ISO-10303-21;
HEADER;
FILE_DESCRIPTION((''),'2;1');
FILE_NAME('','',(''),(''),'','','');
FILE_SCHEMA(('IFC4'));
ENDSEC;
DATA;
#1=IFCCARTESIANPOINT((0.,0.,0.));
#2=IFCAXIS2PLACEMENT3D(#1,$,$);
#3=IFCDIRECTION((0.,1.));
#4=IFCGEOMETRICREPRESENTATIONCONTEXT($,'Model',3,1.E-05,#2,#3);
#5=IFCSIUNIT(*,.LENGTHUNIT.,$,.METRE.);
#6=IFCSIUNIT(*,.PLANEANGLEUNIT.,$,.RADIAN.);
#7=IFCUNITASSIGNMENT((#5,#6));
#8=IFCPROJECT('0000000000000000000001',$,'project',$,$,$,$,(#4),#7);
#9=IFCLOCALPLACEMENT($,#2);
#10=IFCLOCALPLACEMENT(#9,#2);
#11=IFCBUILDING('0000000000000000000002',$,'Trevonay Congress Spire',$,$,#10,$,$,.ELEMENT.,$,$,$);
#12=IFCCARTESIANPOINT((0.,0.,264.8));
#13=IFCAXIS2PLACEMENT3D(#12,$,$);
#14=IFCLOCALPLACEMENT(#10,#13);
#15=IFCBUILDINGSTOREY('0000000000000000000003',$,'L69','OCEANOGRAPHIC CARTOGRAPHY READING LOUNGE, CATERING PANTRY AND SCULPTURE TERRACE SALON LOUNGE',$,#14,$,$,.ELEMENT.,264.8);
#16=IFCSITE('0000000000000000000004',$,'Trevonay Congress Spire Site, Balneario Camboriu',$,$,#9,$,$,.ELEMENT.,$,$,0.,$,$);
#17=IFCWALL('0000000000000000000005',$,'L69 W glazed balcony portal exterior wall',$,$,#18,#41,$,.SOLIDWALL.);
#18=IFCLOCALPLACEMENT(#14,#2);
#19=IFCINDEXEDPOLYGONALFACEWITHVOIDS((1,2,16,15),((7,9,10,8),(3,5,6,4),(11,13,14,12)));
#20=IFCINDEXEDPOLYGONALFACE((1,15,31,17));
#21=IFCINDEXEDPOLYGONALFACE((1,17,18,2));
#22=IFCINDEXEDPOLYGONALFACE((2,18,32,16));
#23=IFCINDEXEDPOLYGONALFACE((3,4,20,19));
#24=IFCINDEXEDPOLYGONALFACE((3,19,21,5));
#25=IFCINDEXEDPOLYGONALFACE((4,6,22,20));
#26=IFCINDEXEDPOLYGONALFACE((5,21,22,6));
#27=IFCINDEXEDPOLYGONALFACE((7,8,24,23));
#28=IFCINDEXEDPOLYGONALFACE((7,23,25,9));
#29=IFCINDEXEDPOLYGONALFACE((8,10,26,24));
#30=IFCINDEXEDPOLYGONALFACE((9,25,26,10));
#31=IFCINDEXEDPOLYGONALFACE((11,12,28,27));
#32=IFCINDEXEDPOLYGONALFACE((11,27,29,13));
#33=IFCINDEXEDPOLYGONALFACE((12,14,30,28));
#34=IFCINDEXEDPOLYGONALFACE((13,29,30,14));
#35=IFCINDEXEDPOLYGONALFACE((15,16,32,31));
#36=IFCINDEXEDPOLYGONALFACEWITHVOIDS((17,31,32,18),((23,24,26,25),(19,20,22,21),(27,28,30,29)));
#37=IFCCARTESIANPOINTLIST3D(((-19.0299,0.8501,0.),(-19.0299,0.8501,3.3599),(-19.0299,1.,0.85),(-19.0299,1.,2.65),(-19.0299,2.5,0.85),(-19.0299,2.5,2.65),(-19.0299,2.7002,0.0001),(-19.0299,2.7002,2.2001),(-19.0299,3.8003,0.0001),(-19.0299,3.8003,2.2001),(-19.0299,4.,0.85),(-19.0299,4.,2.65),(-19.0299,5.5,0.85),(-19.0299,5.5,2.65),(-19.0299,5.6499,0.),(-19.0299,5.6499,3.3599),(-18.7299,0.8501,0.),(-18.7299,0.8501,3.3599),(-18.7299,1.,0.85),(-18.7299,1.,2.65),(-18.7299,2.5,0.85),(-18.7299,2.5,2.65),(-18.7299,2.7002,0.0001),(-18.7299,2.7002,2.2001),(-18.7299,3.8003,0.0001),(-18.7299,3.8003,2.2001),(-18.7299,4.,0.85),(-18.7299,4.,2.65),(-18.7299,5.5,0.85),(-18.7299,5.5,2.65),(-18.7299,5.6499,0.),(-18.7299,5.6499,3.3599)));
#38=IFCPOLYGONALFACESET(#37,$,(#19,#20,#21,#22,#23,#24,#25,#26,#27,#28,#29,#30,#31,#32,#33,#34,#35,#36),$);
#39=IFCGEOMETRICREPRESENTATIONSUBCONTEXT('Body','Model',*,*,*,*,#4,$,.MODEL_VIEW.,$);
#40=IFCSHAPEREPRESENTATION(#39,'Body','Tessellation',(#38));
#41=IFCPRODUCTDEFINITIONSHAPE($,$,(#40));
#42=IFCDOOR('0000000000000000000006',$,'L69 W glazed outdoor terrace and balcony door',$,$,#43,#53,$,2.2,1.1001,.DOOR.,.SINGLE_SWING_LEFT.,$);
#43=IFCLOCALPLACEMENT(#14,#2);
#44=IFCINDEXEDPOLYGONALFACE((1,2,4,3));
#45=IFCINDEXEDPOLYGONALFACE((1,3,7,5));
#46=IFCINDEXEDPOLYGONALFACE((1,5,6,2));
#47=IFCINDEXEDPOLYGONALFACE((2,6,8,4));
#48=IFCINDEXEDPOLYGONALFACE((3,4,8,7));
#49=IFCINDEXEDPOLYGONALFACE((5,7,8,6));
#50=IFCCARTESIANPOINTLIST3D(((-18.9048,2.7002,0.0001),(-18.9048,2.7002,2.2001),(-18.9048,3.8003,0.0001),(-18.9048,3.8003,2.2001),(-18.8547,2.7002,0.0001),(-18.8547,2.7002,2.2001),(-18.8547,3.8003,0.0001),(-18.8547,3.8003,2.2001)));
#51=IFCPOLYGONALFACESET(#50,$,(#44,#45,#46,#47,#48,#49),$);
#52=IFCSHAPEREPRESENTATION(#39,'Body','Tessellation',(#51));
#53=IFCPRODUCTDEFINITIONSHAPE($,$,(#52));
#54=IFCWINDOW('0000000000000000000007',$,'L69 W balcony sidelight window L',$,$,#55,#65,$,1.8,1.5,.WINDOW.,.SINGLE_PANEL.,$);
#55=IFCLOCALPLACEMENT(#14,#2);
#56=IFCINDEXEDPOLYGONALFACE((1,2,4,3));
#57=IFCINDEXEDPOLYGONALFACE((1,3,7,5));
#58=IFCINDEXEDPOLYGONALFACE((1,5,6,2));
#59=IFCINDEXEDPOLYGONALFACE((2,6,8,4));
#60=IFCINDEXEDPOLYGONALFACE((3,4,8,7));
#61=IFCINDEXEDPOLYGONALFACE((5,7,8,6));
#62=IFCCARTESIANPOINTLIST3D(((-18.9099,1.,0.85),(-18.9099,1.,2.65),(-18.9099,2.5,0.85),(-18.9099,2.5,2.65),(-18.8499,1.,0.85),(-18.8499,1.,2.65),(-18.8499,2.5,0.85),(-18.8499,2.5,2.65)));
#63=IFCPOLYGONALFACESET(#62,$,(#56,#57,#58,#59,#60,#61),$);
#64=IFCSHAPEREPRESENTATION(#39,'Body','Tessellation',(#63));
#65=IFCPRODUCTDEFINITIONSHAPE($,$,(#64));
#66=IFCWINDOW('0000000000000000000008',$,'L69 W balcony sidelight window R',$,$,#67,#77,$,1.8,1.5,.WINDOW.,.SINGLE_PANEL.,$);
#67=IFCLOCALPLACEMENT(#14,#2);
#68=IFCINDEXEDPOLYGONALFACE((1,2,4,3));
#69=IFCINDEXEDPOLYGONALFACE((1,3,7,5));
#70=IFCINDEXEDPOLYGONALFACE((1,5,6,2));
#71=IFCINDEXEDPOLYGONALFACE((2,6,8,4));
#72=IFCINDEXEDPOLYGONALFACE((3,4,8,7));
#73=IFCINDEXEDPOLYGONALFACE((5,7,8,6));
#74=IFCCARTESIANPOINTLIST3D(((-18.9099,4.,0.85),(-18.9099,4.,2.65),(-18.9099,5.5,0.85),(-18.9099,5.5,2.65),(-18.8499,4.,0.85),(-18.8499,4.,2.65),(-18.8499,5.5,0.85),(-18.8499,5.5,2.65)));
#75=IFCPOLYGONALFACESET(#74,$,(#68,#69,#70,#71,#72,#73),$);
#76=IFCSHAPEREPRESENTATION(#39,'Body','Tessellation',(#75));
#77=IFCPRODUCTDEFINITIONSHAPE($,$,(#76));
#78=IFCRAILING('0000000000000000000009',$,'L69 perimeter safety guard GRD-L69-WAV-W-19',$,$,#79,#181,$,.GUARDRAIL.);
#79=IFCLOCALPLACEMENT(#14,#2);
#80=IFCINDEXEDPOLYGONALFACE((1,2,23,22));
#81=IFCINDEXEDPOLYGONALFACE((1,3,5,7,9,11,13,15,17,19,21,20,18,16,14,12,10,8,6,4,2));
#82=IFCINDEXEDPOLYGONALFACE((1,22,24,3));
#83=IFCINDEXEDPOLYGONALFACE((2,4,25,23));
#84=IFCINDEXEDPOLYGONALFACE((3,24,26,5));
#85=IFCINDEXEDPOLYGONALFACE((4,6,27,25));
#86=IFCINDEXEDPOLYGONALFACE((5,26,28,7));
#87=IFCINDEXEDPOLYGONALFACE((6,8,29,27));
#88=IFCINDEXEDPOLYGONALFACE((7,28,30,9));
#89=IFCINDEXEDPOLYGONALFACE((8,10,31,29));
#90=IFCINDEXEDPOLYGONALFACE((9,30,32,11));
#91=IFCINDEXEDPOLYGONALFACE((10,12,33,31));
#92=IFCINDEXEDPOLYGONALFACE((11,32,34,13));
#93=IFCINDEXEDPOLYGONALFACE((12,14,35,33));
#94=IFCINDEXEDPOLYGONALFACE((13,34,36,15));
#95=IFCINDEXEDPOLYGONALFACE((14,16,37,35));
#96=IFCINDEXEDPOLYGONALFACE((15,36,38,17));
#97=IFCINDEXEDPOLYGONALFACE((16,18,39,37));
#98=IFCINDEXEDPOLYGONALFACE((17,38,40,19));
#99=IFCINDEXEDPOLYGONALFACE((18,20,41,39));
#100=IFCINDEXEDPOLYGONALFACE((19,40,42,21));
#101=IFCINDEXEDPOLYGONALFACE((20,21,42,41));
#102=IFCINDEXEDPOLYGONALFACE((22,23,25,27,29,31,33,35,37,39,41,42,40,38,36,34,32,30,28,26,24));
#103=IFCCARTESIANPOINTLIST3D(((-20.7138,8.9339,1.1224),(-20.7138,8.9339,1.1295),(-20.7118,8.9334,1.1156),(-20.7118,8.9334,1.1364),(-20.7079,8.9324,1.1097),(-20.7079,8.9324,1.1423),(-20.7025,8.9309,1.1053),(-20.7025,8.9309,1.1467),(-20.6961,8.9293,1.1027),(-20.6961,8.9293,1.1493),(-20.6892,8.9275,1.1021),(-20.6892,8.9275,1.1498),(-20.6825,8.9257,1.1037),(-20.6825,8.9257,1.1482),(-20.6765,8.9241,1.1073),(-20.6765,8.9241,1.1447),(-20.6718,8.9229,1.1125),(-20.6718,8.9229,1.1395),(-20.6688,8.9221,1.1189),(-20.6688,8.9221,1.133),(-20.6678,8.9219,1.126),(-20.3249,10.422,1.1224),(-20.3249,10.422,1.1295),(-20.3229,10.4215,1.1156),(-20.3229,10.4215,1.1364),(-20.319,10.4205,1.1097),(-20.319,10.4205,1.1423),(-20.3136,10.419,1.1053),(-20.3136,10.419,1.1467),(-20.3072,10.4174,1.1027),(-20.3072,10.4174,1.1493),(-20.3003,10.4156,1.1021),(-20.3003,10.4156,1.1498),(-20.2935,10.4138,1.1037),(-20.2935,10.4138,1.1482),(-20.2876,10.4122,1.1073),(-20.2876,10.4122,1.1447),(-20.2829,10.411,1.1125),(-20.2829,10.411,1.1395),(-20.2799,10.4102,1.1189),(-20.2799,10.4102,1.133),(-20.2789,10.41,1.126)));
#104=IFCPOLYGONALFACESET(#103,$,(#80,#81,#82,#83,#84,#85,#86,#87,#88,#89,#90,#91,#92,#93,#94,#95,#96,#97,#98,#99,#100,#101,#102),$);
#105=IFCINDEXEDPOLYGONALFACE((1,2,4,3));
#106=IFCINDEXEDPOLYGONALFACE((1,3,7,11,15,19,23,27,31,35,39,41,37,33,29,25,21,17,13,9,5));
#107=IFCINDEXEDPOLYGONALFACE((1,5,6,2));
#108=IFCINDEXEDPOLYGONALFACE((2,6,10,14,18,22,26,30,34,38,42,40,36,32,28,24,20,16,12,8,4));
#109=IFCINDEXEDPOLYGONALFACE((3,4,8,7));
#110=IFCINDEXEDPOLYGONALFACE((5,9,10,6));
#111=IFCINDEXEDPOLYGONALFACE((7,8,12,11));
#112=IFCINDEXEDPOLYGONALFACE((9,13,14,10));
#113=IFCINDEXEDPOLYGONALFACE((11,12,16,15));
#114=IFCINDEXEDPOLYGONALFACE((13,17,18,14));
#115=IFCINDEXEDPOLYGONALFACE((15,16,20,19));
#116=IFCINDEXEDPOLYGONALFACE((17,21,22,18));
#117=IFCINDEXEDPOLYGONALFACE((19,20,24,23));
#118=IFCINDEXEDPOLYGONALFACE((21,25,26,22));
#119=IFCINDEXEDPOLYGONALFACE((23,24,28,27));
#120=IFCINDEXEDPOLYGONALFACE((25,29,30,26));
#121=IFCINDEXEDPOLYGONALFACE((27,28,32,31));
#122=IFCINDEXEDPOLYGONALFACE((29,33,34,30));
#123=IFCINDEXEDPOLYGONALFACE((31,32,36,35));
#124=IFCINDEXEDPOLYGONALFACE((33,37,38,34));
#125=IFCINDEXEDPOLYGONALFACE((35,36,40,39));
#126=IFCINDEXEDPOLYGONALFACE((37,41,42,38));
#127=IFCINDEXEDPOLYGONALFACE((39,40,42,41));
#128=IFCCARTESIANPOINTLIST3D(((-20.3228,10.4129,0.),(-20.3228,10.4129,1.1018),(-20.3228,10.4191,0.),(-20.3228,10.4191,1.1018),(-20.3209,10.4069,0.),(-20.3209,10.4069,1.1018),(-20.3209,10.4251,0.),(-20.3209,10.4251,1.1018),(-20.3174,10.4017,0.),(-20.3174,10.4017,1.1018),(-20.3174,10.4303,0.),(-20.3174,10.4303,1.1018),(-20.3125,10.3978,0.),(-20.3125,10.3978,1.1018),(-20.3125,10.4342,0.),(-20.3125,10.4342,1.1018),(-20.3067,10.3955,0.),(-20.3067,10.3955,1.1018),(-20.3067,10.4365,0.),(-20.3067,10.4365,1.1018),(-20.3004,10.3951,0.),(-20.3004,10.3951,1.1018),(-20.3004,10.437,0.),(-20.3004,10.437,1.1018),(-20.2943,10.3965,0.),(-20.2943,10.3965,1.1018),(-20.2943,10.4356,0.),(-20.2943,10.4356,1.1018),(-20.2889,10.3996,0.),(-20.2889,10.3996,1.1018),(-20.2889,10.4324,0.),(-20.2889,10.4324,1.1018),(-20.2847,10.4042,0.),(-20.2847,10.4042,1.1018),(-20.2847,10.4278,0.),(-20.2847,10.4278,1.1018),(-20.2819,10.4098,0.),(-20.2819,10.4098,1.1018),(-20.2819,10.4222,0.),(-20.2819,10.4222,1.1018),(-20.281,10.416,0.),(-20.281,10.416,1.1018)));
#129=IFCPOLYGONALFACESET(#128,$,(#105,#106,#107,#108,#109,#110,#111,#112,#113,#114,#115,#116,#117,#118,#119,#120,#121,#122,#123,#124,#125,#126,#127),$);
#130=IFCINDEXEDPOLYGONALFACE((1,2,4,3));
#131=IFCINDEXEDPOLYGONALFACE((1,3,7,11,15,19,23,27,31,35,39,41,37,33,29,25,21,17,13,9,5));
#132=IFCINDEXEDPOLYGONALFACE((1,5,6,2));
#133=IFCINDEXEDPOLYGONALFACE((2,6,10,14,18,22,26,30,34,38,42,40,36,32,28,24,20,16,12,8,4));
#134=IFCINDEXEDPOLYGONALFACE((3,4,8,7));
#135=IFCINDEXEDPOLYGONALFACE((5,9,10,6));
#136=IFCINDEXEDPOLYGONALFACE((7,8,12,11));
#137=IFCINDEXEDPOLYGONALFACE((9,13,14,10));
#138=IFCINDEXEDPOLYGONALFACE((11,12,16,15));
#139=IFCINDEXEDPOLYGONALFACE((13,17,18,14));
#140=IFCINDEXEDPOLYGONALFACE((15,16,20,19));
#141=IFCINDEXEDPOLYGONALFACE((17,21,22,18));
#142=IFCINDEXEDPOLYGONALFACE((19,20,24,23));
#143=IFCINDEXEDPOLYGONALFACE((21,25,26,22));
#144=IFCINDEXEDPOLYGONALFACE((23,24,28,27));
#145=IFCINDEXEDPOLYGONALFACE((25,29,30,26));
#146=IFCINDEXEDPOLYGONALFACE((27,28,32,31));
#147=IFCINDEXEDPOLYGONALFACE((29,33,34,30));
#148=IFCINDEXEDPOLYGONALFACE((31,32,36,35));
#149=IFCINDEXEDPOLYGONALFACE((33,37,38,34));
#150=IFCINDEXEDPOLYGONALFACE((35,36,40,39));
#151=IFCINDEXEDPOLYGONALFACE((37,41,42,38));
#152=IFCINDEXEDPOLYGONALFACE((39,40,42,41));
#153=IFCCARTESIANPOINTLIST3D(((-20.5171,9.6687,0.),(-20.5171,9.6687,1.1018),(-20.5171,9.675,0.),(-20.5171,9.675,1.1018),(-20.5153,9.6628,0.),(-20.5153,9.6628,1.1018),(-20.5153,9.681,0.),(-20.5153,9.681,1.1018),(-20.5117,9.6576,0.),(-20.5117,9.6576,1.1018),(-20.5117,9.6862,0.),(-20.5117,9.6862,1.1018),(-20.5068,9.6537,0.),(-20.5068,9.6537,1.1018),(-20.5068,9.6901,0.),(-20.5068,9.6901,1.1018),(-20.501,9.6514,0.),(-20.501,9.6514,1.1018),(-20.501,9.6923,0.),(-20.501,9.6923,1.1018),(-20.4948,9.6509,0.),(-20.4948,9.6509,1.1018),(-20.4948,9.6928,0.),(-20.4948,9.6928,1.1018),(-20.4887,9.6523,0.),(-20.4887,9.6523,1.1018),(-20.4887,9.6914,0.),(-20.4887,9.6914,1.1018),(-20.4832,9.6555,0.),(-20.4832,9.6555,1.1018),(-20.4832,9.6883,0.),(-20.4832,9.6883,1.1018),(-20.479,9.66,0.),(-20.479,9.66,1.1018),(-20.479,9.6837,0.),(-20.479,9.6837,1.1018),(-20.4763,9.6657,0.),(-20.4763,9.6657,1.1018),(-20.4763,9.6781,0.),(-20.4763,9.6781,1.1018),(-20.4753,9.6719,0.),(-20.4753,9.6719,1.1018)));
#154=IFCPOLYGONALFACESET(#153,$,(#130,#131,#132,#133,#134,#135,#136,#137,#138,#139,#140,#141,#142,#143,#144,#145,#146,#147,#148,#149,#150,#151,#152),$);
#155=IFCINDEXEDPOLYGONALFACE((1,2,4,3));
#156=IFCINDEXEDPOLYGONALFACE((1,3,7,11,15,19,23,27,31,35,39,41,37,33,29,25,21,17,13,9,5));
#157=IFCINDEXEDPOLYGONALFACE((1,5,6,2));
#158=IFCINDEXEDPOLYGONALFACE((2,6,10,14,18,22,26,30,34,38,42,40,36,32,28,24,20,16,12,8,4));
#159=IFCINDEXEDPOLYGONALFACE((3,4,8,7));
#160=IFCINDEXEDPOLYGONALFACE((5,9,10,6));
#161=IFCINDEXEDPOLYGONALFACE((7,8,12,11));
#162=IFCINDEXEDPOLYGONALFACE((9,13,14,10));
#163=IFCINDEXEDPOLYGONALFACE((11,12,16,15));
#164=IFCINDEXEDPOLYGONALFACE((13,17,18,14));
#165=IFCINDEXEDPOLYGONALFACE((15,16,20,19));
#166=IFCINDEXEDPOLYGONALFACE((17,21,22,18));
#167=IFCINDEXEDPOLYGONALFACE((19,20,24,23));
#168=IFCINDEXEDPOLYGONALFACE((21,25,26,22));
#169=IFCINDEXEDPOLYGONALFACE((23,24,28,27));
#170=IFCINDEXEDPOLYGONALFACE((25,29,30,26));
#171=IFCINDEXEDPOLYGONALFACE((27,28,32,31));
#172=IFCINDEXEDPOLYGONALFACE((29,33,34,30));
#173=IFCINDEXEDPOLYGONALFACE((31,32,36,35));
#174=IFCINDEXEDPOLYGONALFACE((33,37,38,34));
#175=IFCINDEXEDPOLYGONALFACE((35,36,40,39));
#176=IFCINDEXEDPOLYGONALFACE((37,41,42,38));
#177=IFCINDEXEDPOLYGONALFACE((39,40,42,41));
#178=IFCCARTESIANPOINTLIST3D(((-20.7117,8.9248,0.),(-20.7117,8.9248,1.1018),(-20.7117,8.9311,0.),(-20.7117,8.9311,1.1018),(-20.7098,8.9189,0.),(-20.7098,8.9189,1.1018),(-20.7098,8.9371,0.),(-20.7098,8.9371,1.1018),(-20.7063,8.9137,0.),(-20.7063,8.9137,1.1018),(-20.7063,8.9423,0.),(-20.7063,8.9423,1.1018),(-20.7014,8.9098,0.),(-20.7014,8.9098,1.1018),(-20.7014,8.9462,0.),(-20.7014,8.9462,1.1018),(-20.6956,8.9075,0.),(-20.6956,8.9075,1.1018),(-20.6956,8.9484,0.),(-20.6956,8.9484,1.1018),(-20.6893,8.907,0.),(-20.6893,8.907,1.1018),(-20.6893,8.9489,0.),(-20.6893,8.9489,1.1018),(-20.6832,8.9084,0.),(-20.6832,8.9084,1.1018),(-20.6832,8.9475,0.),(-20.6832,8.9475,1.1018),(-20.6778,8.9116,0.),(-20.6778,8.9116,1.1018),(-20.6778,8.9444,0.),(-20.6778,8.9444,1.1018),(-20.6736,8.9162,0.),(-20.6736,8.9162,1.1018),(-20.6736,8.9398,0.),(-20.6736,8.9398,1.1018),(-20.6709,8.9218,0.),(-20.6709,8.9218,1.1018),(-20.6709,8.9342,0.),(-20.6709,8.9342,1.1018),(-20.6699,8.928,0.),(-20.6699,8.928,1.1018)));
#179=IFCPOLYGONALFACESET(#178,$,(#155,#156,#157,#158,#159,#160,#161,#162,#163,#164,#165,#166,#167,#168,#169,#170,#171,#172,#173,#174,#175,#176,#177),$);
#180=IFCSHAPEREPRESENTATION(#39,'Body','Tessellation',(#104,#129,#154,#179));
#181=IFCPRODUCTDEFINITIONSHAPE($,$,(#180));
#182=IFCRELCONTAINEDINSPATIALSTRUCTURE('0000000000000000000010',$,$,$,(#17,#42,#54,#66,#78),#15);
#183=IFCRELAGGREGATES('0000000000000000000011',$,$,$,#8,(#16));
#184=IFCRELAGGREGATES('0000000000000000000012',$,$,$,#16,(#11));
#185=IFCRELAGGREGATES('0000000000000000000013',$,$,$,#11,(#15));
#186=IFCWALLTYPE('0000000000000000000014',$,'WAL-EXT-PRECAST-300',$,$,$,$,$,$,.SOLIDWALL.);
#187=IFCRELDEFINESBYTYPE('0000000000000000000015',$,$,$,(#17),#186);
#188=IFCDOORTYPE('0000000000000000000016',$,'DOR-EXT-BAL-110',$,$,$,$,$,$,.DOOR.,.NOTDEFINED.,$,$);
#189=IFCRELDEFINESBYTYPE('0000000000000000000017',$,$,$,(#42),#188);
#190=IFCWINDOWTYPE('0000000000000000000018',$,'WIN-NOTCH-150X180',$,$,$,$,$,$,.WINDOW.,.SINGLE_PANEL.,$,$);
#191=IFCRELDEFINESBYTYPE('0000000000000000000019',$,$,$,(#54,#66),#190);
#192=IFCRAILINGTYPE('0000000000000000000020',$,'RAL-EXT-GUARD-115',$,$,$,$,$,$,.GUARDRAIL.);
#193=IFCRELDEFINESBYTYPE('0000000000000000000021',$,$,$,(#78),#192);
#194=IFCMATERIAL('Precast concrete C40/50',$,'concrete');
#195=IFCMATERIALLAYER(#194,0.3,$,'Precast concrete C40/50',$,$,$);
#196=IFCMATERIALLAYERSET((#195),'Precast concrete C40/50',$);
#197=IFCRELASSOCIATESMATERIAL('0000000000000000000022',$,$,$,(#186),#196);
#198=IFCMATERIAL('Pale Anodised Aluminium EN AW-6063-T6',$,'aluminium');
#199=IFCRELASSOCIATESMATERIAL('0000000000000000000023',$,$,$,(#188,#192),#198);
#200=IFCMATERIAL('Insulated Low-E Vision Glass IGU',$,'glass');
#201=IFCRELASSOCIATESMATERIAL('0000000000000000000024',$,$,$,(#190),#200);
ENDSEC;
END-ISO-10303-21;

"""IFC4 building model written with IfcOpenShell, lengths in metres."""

from ifc_helpers import new_model, si_unit, direction, frame, frame_2d, origin, origin_2d, place, context, subcontext, project, spatial, rectangle, circle, extrude, material, layer, layer_set, type_object, element, fill, save


model = new_model("IFC4")

# Units and contexts
model_context = context("Model", 3, precision=1e-05, world=origin(), true_north=direction((0.0, 1.0)))
body_context = subcontext(model_context, "Body", "Model", "MODEL_VIEW")
ifc_project = project(units=[si_unit("LENGTHUNIT", "METRE"), si_unit("PLANEANGLEUNIT", "RADIAN")], contexts=[model_context])

# Site, building, storey
site_placement = place(None, origin())
site = spatial("IfcSite", under=ifc_project, at=site_placement, Name="Trevonay Congress Spire Site, Balneario Camboriu", CompositionType="ELEMENT", RefElevation=0.0)
building_placement = place(site_placement, origin())
building = spatial("IfcBuilding", under=site, at=building_placement, Name="Trevonay Congress Spire", CompositionType="ELEMENT")
storey_placement = place(building_placement, frame((0.0, 0.0, 264.8)))
storey = spatial("IfcBuildingStorey", under=building, at=storey_placement, Name="L69", Description="OCEANOGRAPHIC CARTOGRAPHY READING LOUNGE, CATERING PANTRY AND SCULPTURE TERRACE SALON LOUNGE", CompositionType="ELEMENT", Elevation=264.8)

# Shared definitions
ifc_material_1 = material(Name="Pale Anodised Aluminium EN AW-6063-T6", Category="aluminium")

# Shared definitions
ifc_material_2 = material(Name="Insulated Low-E Vision Glass IGU", Category="glass")

# Wall, openings, door, windows
ifc_material_3 = material(Name="Precast concrete C40/50", Category="concrete")
ifc_layer_1 = layer(ifc_material_3, 0.3, Name="Precast concrete C40/50")
ifc_layer_set_1 = layer_set([ifc_layer_1], Name="Precast concrete C40/50")
wall_type_1 = type_object("IfcWallType", Name="WAL-EXT-PRECAST-300", PredefinedType="SOLIDWALL", material=ifc_layer_set_1)
wall_1_placement = place(storey_placement, frame((-18.8799, 0.8501, 0.0), z_axis=(0.0, 0.0, 1.0), x_axis=(0.0, 1.0, 0.0)))
wall_1 = element("IfcWall", 1, at=wall_1_placement, inside=storey, type_object=wall_type_1, Name="L69 W glazed balcony portal exterior wall", PredefinedType="SOLIDWALL", context=body_context, shape_type="SweptSolid", body=[
    extrude(rectangle(XDim=4.7998, YDim=0.3, at=frame_2d((2.3999, 0.0))), origin(), (0.0, 0.0, 1.0), 3.3599),
])
opening_1_placement = place(wall_1_placement, frame((1.8501, 0.0, 0.0)))
opening_1 = element("IfcOpeningElement", 2, at=opening_1_placement, cuts=wall_1, PredefinedType="OPENING", context=body_context, shape_type="SweptSolid", body=[
    extrude(rectangle(XDim=1.1001, YDim=2.2, at=frame_2d((0.55, 1.1001))), frame((0.0, 0.1602, 0.0), z_axis=(0.0, -1.0, 0.0), x_axis=(1.0, 0.0, 0.0)), (0.0, 0.0, 1.0), 0.3201),
])
opening_2_placement = place(wall_1_placement, frame((0.1499, 0.0, 0.8501)))
opening_2 = element("IfcOpeningElement", 3, at=opening_2_placement, cuts=wall_1, PredefinedType="OPENING", context=body_context, shape_type="SweptSolid", body=[
    extrude(rectangle(XDim=1.5, YDim=1.8, at=frame_2d((0.75, 0.8999))), frame((0.0, 0.1602, 0.0), z_axis=(0.0, -1.0, 0.0), x_axis=(1.0, 0.0, 0.0)), (0.0, 0.0, 1.0), 0.3201),
])
opening_3_placement = place(wall_1_placement, frame((3.1499, 0.0, 0.8501)))
opening_3 = element("IfcOpeningElement", 4, at=opening_3_placement, cuts=wall_1, PredefinedType="OPENING", context=body_context, shape_type="SweptSolid", body=[
    extrude(rectangle(XDim=1.5, YDim=1.8, at=frame_2d((0.75, 0.8999))), frame((0.0, 0.1602, 0.0), z_axis=(0.0, -1.0, 0.0), x_axis=(1.0, 0.0, 0.0)), (0.0, 0.0, 1.0), 0.3201),
])
door_type_1 = type_object("IfcDoorType", Name="DOR-EXT-BAL-110", OperationType="NOTDEFINED", PredefinedType="DOOR", material=ifc_material_1)
door_1_placement = place(opening_1_placement, origin())
door_1 = element("IfcDoor", 5, at=door_1_placement, inside=storey, type_object=door_type_1, Name="L69 W glazed outdoor terrace and balcony door", OperationType="SINGLE_SWING_LEFT", OverallHeight=2.2, OverallWidth=1.1001, PredefinedType="DOOR", context=body_context, shape_type="SweptSolid", body=[
    extrude(rectangle(XDim=1.1001, YDim=2.2, at=frame_2d((0.55, 1.1001))), frame((0.0, 0.0249, 0.0), z_axis=(0.0, -1.0, 0.0), x_axis=(1.0, 0.0, 0.0)), (0.0, 0.0, 1.0), 0.05),
])
fill(opening_1, door_1)
window_type = type_object("IfcWindowType", Name="WIN-NOTCH-150X180", PartitioningType="SINGLE_PANEL", PredefinedType="WINDOW", material=ifc_material_2)
window_1_placement = place(opening_2_placement, origin())
window_1 = element("IfcWindow", 6, at=window_1_placement, inside=storey, type_object=window_type, Name="L69 W balcony sidelight window L", OverallHeight=1.8, OverallWidth=1.5, PartitioningType="SINGLE_PANEL", PredefinedType="WINDOW", context=body_context, shape_type="SweptSolid", body=[
    extrude(rectangle(XDim=1.5, YDim=1.8, at=frame_2d((0.75, 0.8999))), frame((0.0, 0.03, 0.0), z_axis=(0.0, -1.0, 0.0), x_axis=(1.0, 0.0, 0.0)), (0.0, 0.0, 1.0), 0.0601),
])
fill(opening_2, window_1)
window_2_placement = place(opening_3_placement, origin())
window_2 = element("IfcWindow", 7, at=window_2_placement, inside=storey, type_object=window_type, Name="L69 W balcony sidelight window R", OverallHeight=1.8, OverallWidth=1.5, PartitioningType="SINGLE_PANEL", PredefinedType="WINDOW", context=body_context, shape_type="SweptSolid", body=[
    extrude(rectangle(XDim=1.5, YDim=1.8, at=frame_2d((0.75, 0.8999))), frame((0.0, 0.03, 0.0), z_axis=(0.0, -1.0, 0.0), x_axis=(1.0, 0.0, 0.0)), (0.0, 0.0, 1.0), 0.0601),
])
fill(opening_3, window_2)

# Railing
railing_type = type_object("IfcRailingType", Name="RAL-EXT-GUARD-115", PredefinedType="GUARDRAIL", material=ifc_material_1)
railing_1_placement = place(storey_placement, frame((-20.302, 10.416, 0.0)))
element("IfcRailing", 8, at=railing_1_placement, inside=storey, type_object=railing_type, Name="L69 perimeter safety guard GRD-L69-WAV-W-19", PredefinedType="GUARDRAIL", context=body_context, shape_type="SweptSolid", body=[
    extrude(circle(Radius=0.0239, at=origin_2d()), frame((0.0, 0.0, 1.126), z_axis=(-0.252868, -0.967501, 0.0), x_axis=(0.967501, -0.252868, 0.0)), (0.0, 0.0, 1.0), 1.5381),
    extrude(circle(Radius=0.021, at=origin_2d()), origin(), (0.0, 0.0, 1.0), 1.1018),
    extrude(circle(Radius=0.021, at=origin_2d()), frame((-0.1943, -0.7441, 0.0)), (0.0, 0.0, 1.0), 1.1018),
    extrude(circle(Radius=0.021, at=origin_2d()), frame((-0.3889, -1.488, 0.0)), (0.0, 0.0, 1.0), 1.1018),
])

save(model, "model.ifc")
